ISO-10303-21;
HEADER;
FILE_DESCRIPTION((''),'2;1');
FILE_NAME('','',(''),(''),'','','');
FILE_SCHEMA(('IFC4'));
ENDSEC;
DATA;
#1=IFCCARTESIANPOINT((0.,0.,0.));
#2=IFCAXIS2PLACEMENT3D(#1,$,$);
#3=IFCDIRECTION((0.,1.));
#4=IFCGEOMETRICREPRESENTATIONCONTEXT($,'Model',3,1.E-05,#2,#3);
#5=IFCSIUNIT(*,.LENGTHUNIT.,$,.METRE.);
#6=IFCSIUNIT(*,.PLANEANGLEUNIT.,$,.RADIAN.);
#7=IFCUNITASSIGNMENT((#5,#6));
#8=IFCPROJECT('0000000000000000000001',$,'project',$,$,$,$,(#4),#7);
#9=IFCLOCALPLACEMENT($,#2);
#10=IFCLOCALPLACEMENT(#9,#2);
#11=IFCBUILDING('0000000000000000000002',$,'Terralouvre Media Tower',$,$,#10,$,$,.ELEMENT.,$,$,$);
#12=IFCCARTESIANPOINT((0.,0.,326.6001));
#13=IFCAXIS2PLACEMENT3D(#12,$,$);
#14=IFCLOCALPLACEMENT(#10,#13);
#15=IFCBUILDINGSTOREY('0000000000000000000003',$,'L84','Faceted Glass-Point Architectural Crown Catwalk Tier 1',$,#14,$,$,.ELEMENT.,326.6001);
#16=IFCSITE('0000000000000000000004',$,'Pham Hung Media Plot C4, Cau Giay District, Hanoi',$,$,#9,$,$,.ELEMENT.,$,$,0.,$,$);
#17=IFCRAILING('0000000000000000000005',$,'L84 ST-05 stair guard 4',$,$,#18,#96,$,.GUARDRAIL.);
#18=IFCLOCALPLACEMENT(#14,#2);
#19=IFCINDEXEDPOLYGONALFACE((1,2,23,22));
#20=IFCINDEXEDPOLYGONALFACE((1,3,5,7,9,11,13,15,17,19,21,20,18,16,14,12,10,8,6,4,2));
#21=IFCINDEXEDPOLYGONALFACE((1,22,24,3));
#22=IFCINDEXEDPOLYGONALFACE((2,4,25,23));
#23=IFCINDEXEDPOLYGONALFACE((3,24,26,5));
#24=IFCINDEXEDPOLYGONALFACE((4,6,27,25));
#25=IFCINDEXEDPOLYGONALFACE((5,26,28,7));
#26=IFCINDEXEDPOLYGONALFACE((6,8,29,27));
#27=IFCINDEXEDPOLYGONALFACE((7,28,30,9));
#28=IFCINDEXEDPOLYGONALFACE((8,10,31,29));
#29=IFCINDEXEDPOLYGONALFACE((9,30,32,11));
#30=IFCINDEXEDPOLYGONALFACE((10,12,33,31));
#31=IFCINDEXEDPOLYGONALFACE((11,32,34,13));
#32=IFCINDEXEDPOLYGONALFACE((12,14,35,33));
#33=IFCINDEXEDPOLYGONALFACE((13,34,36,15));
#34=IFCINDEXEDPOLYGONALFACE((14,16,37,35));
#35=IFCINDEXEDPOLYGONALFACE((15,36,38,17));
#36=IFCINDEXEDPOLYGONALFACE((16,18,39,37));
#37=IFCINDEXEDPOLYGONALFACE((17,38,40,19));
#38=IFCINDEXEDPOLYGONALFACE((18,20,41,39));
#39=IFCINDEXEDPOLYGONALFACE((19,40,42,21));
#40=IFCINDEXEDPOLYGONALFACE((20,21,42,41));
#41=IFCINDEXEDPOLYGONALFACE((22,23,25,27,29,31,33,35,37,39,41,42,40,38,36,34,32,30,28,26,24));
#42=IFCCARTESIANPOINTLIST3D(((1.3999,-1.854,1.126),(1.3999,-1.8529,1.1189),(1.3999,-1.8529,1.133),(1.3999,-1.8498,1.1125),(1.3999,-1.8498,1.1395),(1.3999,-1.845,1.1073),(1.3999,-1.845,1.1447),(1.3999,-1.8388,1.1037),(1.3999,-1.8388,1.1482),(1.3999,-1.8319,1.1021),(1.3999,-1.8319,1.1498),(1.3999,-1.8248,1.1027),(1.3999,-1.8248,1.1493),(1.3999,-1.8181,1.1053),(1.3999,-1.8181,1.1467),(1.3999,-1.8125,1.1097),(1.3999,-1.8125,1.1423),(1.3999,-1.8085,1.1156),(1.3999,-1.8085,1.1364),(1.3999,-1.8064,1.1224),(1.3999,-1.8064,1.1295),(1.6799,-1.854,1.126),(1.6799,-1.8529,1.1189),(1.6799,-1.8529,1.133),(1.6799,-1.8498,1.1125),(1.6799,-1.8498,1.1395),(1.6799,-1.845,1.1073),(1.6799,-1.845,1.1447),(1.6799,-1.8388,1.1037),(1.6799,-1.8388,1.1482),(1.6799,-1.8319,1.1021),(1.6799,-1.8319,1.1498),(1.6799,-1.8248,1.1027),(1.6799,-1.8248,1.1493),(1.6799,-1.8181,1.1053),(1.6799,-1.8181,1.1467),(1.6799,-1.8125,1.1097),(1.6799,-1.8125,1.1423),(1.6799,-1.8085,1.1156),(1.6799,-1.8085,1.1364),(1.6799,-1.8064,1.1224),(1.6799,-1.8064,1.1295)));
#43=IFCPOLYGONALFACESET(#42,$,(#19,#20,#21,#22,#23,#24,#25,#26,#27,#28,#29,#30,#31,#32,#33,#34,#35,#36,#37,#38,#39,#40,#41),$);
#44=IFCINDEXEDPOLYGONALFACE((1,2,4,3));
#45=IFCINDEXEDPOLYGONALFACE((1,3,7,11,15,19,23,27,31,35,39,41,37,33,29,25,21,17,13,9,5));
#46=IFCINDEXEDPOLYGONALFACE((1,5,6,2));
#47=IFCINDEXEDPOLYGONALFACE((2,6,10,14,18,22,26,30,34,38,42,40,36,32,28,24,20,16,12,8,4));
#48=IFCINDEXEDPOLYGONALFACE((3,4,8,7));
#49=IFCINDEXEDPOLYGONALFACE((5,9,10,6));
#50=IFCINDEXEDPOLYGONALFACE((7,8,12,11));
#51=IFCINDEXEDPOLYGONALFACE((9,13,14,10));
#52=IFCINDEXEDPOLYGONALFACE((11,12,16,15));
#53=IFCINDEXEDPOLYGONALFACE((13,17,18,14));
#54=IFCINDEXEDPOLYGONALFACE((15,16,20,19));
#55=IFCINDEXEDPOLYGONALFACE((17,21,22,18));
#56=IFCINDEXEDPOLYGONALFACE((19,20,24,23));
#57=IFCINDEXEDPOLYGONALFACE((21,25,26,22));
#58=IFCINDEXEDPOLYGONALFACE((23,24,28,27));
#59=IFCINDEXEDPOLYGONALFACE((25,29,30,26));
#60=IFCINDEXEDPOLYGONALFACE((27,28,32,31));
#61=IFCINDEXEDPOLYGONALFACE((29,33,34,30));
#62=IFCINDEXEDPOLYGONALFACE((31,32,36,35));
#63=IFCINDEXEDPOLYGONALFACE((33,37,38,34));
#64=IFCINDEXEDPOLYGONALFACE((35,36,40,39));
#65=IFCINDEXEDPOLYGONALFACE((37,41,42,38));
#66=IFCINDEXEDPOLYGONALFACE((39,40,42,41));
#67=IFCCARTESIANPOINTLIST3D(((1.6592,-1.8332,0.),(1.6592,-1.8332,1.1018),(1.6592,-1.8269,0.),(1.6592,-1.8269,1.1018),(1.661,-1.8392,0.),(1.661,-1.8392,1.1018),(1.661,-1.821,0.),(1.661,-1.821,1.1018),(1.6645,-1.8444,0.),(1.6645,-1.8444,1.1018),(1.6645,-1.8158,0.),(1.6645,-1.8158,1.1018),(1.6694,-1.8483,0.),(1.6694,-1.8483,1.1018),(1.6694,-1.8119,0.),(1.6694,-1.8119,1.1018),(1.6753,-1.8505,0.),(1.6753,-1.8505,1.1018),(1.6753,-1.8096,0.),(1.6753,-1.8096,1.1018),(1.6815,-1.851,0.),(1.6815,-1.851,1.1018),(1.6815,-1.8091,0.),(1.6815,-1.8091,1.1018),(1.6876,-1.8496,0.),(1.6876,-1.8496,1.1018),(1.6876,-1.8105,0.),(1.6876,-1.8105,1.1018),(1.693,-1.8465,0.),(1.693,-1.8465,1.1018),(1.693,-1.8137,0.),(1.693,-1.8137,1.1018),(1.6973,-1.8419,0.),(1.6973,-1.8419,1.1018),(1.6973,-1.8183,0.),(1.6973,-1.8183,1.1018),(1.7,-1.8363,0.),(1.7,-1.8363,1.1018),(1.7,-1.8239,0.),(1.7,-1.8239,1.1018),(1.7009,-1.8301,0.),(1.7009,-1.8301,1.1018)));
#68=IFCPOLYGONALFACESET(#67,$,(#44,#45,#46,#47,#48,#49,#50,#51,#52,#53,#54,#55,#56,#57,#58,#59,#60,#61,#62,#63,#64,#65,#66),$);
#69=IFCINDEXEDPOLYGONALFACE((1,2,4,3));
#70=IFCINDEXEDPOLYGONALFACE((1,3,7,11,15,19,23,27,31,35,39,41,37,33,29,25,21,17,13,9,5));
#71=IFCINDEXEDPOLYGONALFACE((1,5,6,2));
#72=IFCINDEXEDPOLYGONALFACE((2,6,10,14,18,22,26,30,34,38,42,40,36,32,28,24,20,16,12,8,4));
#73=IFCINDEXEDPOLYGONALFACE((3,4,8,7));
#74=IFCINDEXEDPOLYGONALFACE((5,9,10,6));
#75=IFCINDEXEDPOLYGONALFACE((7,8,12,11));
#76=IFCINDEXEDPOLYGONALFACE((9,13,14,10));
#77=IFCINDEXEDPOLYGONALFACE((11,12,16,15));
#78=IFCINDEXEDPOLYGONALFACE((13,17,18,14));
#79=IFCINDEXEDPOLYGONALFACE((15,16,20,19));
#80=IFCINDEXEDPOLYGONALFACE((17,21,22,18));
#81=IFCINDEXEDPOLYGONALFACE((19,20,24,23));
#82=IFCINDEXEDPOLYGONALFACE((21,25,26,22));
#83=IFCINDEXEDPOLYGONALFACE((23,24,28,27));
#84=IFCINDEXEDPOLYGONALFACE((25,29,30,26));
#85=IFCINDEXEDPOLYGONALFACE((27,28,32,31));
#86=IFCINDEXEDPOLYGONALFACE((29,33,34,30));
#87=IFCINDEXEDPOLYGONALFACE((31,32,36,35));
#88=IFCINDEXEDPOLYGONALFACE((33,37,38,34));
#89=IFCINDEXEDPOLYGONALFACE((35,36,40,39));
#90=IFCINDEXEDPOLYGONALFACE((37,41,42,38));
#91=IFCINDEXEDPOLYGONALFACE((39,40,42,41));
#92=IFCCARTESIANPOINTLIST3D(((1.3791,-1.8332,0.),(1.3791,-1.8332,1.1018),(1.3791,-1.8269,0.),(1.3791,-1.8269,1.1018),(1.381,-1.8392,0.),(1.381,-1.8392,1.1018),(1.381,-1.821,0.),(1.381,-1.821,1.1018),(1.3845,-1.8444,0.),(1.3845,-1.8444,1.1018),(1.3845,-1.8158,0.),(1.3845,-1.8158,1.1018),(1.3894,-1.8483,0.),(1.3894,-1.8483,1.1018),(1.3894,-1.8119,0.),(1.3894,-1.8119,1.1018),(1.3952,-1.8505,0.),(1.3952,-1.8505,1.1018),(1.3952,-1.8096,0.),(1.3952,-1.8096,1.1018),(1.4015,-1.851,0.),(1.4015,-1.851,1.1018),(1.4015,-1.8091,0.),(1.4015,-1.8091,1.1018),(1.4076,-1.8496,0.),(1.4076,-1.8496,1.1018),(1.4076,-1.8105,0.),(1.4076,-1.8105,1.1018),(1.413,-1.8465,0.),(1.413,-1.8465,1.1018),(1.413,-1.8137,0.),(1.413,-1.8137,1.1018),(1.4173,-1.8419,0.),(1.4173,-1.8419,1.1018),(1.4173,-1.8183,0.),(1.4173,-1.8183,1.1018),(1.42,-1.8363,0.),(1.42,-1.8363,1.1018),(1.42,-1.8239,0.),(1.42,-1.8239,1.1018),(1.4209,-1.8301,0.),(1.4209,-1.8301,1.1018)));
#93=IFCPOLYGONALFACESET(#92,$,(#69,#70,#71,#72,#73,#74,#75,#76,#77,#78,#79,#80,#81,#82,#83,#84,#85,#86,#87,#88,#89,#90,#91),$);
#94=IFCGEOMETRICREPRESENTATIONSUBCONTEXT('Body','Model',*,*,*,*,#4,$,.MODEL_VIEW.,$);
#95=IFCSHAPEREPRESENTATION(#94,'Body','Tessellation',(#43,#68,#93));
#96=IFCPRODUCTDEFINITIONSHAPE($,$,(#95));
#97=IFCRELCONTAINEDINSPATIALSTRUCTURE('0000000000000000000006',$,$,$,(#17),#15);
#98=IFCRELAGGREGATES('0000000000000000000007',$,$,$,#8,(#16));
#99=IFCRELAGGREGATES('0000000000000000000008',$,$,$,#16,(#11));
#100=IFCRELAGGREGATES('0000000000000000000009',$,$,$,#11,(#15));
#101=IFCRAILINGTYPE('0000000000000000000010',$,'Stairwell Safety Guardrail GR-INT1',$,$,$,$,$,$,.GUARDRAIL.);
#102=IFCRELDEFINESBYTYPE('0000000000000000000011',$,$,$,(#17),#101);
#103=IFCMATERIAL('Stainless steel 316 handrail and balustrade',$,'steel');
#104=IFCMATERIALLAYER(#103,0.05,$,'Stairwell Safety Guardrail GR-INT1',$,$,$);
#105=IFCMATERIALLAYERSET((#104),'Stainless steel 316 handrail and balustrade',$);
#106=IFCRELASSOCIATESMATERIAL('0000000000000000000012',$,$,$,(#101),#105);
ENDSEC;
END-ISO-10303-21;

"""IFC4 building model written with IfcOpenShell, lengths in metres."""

from ifc_helpers import new_model, si_unit, direction, frame, origin, origin_2d, place, context, subcontext, project, spatial, circle, extrude, material, layer, layer_set, type_object, element, save


model = new_model("IFC4")

# Units and contexts
model_context = context("Model", 3, precision=1e-05, world=origin(), true_north=direction((0.0, 1.0)))
body_context = subcontext(model_context, "Body", "Model", "MODEL_VIEW")
ifc_project = project(units=[si_unit("LENGTHUNIT", "METRE"), si_unit("PLANEANGLEUNIT", "RADIAN")], contexts=[model_context])

# Site, building, storey
site_placement = place(None, origin())
site = spatial("IfcSite", under=ifc_project, at=site_placement, Name="Pham Hung Media Plot C4, Cau Giay District, Hanoi", CompositionType="ELEMENT", RefElevation=0.0)
building_placement = place(site_placement, origin())
building = spatial("IfcBuilding", under=site, at=building_placement, Name="Terralouvre Media Tower", CompositionType="ELEMENT")
storey_placement = place(building_placement, frame((0.0, 0.0, 326.6001)))
storey = spatial("IfcBuildingStorey", under=building, at=storey_placement, Name="L84", Description="Faceted Glass-Point Architectural Crown Catwalk Tier 1", CompositionType="ELEMENT", Elevation=326.6001)

# Railing
ifc_material_1 = material(Name="Stainless steel 316 handrail and balustrade", Category="steel")
ifc_layer_1 = layer(ifc_material_1, 0.05, Name="Stairwell Safety Guardrail GR-INT1")
ifc_layer_set_1 = layer_set([ifc_layer_1], Name="Stainless steel 316 handrail and balustrade")
railing_type_1 = type_object("IfcRailingType", Name="Stairwell Safety Guardrail GR-INT1", PredefinedType="GUARDRAIL", material=ifc_layer_set_1)
railing_1_placement = place(storey_placement, frame((1.6799, -1.8301, 0.0)))
element("IfcRailing", 1, at=railing_1_placement, inside=storey, type_object=railing_type_1, Name="L84 ST-05 stair guard 4", PredefinedType="GUARDRAIL", context=body_context, shape_type="SweptSolid", body=[
    extrude(circle(Radius=0.0239, at=origin_2d()), frame((0.0, 0.0, 1.126), z_axis=(-1.0, 0.0, 0.0), x_axis=(0.0, -1.0, 0.0)), (0.0, 0.0, 1.0), 0.28),
    extrude(circle(Radius=0.021, at=origin_2d()), origin(), (0.0, 0.0, 1.0), 1.1018),
    extrude(circle(Radius=0.021, at=origin_2d()), frame((-0.28, 0.0, 0.0)), (0.0, 0.0, 1.0), 1.1018),
])

save(model, "model.ifc")
